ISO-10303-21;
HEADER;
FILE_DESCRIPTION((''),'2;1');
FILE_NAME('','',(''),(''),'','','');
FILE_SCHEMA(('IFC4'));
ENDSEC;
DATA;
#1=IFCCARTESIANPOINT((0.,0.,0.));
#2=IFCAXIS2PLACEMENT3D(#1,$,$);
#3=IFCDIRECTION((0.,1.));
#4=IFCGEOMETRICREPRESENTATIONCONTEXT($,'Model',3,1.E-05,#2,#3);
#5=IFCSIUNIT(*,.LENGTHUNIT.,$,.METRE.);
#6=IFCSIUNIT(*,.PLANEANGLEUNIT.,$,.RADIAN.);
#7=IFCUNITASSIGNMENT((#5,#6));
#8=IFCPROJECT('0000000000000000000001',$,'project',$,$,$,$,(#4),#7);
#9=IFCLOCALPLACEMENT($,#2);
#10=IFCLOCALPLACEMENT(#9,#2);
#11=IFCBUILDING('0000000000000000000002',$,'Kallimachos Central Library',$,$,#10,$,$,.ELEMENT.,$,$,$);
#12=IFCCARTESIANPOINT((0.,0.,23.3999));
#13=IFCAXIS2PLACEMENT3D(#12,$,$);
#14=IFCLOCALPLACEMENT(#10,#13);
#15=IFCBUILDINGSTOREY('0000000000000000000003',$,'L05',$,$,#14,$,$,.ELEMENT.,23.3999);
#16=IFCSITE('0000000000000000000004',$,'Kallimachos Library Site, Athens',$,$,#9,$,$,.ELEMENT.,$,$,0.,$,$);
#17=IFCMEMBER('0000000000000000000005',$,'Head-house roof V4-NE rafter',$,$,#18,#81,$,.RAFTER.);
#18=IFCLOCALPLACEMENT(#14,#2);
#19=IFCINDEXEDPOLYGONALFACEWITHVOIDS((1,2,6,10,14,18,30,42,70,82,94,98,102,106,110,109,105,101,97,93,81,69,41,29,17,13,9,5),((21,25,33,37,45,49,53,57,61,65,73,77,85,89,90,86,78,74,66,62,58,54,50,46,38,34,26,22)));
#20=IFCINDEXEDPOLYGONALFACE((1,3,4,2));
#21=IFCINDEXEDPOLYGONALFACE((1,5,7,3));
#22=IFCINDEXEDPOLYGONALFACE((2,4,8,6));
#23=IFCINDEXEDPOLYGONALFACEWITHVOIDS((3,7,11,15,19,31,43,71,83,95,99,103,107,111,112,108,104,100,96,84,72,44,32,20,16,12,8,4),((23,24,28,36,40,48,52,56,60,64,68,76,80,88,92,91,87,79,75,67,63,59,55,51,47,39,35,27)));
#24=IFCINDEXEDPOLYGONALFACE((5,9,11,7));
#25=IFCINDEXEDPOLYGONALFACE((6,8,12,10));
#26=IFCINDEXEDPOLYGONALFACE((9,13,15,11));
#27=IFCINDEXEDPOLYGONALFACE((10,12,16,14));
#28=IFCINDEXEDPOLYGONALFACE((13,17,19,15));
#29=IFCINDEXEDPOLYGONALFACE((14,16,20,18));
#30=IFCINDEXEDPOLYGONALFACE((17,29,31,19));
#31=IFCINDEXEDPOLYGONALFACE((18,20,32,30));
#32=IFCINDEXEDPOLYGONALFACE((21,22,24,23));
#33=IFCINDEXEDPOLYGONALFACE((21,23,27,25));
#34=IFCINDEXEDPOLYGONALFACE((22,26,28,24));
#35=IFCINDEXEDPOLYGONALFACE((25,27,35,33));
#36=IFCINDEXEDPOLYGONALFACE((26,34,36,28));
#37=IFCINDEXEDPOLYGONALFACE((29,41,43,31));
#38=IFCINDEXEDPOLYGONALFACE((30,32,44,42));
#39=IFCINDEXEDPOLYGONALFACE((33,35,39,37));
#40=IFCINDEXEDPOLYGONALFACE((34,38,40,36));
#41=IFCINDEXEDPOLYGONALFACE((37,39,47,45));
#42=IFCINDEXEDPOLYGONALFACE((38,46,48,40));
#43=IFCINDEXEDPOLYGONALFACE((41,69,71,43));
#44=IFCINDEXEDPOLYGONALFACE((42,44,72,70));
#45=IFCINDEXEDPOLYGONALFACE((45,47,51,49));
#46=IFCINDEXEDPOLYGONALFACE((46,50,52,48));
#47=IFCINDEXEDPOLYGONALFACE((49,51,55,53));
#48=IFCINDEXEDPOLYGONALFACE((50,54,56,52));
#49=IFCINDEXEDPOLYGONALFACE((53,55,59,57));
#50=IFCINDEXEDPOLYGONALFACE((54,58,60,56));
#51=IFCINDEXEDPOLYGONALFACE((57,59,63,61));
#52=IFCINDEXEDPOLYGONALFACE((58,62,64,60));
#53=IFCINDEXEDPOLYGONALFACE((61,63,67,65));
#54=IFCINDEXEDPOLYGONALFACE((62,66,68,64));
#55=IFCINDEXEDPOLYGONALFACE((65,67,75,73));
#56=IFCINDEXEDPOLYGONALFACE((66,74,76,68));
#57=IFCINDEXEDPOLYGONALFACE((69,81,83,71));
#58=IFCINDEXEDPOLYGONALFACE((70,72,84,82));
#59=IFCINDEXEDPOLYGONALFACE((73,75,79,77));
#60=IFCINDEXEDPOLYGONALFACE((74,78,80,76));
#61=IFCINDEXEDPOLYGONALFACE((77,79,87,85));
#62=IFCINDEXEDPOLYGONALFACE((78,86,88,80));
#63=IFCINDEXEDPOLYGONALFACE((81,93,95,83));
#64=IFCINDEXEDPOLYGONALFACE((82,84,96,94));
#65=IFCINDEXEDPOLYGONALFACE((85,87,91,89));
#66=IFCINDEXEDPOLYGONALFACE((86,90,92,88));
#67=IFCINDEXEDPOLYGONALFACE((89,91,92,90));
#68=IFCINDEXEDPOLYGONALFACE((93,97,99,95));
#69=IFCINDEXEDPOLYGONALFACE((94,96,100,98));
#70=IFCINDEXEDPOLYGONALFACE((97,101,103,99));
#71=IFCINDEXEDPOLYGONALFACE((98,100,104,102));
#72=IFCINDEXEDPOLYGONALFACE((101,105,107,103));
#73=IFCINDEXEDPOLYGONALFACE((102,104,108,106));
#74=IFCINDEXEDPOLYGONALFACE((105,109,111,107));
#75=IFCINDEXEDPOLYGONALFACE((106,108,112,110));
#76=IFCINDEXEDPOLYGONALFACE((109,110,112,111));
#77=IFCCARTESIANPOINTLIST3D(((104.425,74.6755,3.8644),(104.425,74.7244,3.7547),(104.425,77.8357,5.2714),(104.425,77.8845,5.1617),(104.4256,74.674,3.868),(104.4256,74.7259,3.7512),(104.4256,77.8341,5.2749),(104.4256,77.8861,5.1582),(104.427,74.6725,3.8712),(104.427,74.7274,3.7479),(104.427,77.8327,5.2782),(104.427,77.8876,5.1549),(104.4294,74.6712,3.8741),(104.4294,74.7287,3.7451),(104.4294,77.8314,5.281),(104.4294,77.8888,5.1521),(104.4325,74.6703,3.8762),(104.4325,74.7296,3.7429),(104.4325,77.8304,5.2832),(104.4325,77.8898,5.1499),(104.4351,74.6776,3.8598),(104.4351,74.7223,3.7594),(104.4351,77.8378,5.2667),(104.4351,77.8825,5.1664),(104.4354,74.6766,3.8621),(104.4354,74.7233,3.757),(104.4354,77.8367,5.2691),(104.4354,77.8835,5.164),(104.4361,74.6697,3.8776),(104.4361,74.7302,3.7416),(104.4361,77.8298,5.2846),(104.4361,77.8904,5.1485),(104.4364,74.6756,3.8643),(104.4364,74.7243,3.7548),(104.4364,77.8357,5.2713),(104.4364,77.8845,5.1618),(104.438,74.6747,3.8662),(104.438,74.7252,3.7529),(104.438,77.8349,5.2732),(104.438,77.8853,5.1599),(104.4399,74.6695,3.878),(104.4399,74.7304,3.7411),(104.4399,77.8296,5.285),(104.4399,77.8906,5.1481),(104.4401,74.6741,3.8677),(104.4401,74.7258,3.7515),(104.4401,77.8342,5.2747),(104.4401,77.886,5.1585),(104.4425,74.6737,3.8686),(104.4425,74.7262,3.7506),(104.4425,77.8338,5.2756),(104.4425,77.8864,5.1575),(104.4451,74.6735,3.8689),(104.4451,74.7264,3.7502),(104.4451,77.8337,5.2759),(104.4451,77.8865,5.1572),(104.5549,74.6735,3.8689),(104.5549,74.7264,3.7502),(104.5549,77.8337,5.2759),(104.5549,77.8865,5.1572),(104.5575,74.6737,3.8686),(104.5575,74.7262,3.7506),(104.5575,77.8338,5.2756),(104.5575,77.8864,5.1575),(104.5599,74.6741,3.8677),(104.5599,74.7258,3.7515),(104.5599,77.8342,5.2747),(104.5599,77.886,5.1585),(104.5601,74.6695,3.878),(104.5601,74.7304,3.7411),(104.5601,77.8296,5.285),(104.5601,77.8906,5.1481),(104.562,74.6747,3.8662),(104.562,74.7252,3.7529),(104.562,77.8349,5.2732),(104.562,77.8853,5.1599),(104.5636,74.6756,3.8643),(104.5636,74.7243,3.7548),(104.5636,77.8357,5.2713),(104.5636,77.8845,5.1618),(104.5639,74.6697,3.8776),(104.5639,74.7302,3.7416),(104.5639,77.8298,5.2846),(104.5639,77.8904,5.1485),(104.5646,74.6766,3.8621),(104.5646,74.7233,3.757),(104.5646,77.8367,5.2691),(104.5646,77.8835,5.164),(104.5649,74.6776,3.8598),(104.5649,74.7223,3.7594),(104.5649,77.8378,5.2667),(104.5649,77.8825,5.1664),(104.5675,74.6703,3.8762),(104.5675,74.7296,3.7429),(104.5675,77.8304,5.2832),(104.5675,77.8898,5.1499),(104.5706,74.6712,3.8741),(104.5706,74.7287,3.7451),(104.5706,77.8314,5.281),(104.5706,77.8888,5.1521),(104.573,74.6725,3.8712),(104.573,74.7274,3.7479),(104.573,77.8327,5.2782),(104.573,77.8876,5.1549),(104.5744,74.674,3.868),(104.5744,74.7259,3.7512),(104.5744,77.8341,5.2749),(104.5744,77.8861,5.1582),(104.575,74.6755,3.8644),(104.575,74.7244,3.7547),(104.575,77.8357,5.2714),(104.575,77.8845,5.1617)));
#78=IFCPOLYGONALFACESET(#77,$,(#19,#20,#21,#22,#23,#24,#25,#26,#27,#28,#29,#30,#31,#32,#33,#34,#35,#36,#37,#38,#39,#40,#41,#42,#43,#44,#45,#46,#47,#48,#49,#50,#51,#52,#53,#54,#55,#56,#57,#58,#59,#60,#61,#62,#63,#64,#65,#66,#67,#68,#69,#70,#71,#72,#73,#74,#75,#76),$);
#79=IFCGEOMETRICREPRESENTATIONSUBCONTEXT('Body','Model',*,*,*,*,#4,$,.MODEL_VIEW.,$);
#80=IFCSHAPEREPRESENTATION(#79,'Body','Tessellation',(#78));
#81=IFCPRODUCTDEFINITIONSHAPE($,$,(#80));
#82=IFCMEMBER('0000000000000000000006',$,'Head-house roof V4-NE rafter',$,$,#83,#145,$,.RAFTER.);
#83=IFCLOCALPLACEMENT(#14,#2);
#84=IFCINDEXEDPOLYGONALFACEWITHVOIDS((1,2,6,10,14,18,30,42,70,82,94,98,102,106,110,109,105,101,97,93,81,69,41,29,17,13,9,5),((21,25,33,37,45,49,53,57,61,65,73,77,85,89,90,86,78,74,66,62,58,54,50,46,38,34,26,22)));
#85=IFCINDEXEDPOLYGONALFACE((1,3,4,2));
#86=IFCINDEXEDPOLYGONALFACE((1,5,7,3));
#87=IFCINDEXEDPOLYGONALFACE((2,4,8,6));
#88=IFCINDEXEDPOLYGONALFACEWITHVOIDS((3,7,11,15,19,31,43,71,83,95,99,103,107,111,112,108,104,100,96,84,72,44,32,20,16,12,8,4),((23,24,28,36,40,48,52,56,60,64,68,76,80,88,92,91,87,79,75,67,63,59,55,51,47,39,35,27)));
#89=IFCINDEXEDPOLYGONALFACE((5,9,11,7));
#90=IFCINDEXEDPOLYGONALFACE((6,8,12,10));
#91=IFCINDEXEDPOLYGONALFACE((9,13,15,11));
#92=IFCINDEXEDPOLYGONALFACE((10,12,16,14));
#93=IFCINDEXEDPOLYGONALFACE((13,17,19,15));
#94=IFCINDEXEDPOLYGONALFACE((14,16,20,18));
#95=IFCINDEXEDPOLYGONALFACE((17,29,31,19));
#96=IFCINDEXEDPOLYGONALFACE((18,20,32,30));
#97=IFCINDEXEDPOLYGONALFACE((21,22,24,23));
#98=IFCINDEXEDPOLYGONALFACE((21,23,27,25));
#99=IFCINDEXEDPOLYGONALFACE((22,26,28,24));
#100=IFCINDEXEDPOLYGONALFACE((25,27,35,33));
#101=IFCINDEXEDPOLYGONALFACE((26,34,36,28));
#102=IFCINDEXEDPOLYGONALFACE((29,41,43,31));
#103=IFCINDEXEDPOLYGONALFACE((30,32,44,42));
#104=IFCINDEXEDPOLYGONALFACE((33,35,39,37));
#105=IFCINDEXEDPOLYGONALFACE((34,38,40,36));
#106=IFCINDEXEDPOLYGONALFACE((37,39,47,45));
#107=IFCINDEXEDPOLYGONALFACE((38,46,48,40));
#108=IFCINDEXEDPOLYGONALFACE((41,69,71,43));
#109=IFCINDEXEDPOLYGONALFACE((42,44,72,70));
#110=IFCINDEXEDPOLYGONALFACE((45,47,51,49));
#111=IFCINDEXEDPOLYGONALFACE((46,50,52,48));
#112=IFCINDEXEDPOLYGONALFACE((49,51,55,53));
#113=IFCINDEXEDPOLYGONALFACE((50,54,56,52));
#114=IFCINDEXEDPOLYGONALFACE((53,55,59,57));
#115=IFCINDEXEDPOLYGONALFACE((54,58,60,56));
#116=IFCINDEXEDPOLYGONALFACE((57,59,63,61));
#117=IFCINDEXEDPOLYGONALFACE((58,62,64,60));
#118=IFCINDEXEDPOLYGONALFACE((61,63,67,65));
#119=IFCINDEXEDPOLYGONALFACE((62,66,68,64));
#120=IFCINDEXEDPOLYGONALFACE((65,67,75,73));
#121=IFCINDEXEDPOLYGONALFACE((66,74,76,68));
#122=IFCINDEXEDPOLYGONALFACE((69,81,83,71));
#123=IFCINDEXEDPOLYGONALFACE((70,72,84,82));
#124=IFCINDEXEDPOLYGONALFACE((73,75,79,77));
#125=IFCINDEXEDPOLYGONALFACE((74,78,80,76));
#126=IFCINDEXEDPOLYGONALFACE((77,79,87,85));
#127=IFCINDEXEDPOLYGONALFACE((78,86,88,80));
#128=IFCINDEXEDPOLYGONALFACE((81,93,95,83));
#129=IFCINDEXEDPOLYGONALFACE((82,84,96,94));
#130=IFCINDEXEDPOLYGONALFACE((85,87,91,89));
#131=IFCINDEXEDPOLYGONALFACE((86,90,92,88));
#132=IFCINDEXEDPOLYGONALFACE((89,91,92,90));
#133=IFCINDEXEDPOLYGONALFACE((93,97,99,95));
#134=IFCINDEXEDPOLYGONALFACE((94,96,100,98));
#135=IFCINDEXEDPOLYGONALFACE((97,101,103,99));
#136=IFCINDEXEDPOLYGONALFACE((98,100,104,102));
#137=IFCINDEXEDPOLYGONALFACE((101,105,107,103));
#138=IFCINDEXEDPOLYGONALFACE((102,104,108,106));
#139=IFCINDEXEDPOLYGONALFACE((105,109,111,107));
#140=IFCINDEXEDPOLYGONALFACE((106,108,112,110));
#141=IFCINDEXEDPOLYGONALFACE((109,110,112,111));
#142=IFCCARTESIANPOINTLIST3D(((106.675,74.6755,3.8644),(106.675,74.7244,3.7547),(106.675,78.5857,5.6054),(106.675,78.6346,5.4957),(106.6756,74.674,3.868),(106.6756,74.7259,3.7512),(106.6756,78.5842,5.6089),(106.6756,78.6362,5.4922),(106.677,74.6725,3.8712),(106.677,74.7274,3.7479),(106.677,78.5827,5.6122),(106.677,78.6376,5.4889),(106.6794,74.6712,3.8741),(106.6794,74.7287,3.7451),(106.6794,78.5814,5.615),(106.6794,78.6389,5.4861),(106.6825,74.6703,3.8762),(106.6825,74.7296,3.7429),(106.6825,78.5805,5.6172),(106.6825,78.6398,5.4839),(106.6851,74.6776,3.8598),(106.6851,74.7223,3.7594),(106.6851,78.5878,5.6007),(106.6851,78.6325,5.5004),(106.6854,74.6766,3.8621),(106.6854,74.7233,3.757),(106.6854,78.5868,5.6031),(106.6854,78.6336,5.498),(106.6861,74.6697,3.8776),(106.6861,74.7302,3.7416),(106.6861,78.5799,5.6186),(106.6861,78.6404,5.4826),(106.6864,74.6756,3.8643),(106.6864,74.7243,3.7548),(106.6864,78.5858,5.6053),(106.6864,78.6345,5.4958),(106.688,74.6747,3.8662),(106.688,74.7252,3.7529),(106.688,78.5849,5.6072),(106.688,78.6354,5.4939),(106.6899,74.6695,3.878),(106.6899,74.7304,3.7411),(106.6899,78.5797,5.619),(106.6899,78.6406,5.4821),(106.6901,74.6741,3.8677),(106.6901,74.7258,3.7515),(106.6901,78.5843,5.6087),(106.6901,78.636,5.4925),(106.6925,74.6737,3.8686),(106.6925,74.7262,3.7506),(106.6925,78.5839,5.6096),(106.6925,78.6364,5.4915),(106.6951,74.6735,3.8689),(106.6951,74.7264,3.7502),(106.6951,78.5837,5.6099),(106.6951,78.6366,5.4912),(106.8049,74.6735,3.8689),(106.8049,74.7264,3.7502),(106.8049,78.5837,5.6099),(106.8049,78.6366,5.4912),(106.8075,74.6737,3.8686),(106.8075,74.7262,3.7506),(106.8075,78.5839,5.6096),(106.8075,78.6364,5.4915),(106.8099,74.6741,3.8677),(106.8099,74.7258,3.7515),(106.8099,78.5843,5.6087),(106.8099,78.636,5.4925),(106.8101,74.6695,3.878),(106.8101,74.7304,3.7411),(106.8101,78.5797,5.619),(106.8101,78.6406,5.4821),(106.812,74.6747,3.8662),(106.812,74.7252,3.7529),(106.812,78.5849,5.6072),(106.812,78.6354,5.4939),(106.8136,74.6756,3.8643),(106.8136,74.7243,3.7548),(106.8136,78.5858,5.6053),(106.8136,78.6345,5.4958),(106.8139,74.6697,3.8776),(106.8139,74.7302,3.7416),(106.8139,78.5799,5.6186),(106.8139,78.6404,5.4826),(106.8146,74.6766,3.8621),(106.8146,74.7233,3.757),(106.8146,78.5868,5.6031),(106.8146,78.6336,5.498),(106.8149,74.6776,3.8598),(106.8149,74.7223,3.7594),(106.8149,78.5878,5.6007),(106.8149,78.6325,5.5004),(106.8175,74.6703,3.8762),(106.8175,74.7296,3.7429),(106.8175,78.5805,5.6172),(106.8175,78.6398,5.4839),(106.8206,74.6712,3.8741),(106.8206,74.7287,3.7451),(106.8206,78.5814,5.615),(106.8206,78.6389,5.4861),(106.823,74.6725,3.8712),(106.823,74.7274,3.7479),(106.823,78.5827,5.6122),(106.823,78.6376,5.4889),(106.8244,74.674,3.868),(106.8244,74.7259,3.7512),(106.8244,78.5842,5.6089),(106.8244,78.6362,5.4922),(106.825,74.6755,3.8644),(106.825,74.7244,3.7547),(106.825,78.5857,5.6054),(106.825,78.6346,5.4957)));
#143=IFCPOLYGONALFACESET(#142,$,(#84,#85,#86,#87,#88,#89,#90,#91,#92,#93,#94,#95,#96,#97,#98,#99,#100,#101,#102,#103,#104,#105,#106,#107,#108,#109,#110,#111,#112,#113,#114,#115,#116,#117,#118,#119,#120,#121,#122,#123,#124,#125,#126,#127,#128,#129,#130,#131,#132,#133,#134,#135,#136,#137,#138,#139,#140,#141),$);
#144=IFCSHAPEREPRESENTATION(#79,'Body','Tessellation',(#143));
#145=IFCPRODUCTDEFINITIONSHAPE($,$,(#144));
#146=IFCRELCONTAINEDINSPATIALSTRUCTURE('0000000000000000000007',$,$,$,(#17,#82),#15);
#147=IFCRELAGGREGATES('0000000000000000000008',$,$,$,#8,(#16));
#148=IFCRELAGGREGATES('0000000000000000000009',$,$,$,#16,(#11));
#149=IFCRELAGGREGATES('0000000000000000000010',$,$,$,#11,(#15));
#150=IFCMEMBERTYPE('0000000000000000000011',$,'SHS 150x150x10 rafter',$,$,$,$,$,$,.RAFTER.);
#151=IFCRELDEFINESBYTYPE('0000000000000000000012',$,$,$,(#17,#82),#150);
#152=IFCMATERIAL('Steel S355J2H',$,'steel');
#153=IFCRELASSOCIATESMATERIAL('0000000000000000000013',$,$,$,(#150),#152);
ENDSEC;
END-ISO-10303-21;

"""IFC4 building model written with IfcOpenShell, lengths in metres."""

from ifc_helpers import new_model, si_unit, direction, frame, origin, origin_2d, place, context, subcontext, project, spatial, hollow_rectangle, extrude, material, material_profile, profile_set, type_object, element, save


model = new_model("IFC4")

# Units and contexts
model_context = context("Model", 3, precision=1e-05, world=origin(), true_north=direction((0.0, 1.0)))
body_context = subcontext(model_context, "Body", "Model", "MODEL_VIEW")
ifc_project = project(units=[si_unit("LENGTHUNIT", "METRE"), si_unit("PLANEANGLEUNIT", "RADIAN")], contexts=[model_context])

# Site, building, storey
site_placement = place(None, origin())
site = spatial("IfcSite", under=ifc_project, at=site_placement, Name="Kallimachos Library Site, Athens", CompositionType="ELEMENT", RefElevation=0.0)
building_placement = place(site_placement, origin())
building = spatial("IfcBuilding", under=site, at=building_placement, Name="Kallimachos Central Library", CompositionType="ELEMENT")
storey_placement = place(building_placement, frame((0.0, 0.0, 23.3999)))
storey = spatial("IfcBuildingStorey", under=building, at=storey_placement, Name="L05", CompositionType="ELEMENT", Elevation=23.3999)

# Members
ifc_material_1 = material(Name="Steel S355J2H", Category="steel")
ifc_material_profile_1 = material_profile(ifc_material_1, hollow_rectangle(XDim=0.1499, YDim=0.1499, WallThickness=0.01, InnerFilletRadius=0.01, OuterFilletRadius=0.0149, at=origin_2d()), Name="SHS 150x150x10")
ifc_profile_set_1 = profile_set([ifc_material_profile_1], Name="Steel S355J2H")
member_type_1 = type_object("IfcMemberType", Name="SHS 150x150x10 rafter", PredefinedType="RAFTER", material=ifc_profile_set_1)
member_1_placement = place(storey_placement, frame((104.5, 74.7, 3.8096), z_axis=(0.0, 0.913547, 0.406734), x_axis=(-1.0, 0.0, 0.0)))
element("IfcMember", 1, at=member_1_placement, inside=storey, type_object=member_type_1, Name="Head-house roof V4-NE rafter", PredefinedType="RAFTER", context=body_context, shape_type="SweptSolid", body=[
    extrude(hollow_rectangle(XDim=0.1499, YDim=0.1499, WallThickness=0.01, InnerFilletRadius=0.01, OuterFilletRadius=0.0149, at=origin_2d()), origin(), (0.0, 0.0, 1.0), 3.4592),
])
member_2_placement = place(storey_placement, frame((106.75, 74.7, 3.8096), z_axis=(0.0, 0.913541, 0.406747), x_axis=(-1.0, 0.0, 0.0)))
element("IfcMember", 2, at=member_2_placement, inside=storey, type_object=member_type_1, Name="Head-house roof V4-NE rafter", PredefinedType="RAFTER", context=body_context, shape_type="SweptSolid", body=[
    extrude(hollow_rectangle(XDim=0.1499, YDim=0.1499, WallThickness=0.01, InnerFilletRadius=0.01, OuterFilletRadius=0.0149, at=origin_2d()), origin(), (0.0, 0.0, 1.0), 4.2803),
])

save(model, "model.ifc")
